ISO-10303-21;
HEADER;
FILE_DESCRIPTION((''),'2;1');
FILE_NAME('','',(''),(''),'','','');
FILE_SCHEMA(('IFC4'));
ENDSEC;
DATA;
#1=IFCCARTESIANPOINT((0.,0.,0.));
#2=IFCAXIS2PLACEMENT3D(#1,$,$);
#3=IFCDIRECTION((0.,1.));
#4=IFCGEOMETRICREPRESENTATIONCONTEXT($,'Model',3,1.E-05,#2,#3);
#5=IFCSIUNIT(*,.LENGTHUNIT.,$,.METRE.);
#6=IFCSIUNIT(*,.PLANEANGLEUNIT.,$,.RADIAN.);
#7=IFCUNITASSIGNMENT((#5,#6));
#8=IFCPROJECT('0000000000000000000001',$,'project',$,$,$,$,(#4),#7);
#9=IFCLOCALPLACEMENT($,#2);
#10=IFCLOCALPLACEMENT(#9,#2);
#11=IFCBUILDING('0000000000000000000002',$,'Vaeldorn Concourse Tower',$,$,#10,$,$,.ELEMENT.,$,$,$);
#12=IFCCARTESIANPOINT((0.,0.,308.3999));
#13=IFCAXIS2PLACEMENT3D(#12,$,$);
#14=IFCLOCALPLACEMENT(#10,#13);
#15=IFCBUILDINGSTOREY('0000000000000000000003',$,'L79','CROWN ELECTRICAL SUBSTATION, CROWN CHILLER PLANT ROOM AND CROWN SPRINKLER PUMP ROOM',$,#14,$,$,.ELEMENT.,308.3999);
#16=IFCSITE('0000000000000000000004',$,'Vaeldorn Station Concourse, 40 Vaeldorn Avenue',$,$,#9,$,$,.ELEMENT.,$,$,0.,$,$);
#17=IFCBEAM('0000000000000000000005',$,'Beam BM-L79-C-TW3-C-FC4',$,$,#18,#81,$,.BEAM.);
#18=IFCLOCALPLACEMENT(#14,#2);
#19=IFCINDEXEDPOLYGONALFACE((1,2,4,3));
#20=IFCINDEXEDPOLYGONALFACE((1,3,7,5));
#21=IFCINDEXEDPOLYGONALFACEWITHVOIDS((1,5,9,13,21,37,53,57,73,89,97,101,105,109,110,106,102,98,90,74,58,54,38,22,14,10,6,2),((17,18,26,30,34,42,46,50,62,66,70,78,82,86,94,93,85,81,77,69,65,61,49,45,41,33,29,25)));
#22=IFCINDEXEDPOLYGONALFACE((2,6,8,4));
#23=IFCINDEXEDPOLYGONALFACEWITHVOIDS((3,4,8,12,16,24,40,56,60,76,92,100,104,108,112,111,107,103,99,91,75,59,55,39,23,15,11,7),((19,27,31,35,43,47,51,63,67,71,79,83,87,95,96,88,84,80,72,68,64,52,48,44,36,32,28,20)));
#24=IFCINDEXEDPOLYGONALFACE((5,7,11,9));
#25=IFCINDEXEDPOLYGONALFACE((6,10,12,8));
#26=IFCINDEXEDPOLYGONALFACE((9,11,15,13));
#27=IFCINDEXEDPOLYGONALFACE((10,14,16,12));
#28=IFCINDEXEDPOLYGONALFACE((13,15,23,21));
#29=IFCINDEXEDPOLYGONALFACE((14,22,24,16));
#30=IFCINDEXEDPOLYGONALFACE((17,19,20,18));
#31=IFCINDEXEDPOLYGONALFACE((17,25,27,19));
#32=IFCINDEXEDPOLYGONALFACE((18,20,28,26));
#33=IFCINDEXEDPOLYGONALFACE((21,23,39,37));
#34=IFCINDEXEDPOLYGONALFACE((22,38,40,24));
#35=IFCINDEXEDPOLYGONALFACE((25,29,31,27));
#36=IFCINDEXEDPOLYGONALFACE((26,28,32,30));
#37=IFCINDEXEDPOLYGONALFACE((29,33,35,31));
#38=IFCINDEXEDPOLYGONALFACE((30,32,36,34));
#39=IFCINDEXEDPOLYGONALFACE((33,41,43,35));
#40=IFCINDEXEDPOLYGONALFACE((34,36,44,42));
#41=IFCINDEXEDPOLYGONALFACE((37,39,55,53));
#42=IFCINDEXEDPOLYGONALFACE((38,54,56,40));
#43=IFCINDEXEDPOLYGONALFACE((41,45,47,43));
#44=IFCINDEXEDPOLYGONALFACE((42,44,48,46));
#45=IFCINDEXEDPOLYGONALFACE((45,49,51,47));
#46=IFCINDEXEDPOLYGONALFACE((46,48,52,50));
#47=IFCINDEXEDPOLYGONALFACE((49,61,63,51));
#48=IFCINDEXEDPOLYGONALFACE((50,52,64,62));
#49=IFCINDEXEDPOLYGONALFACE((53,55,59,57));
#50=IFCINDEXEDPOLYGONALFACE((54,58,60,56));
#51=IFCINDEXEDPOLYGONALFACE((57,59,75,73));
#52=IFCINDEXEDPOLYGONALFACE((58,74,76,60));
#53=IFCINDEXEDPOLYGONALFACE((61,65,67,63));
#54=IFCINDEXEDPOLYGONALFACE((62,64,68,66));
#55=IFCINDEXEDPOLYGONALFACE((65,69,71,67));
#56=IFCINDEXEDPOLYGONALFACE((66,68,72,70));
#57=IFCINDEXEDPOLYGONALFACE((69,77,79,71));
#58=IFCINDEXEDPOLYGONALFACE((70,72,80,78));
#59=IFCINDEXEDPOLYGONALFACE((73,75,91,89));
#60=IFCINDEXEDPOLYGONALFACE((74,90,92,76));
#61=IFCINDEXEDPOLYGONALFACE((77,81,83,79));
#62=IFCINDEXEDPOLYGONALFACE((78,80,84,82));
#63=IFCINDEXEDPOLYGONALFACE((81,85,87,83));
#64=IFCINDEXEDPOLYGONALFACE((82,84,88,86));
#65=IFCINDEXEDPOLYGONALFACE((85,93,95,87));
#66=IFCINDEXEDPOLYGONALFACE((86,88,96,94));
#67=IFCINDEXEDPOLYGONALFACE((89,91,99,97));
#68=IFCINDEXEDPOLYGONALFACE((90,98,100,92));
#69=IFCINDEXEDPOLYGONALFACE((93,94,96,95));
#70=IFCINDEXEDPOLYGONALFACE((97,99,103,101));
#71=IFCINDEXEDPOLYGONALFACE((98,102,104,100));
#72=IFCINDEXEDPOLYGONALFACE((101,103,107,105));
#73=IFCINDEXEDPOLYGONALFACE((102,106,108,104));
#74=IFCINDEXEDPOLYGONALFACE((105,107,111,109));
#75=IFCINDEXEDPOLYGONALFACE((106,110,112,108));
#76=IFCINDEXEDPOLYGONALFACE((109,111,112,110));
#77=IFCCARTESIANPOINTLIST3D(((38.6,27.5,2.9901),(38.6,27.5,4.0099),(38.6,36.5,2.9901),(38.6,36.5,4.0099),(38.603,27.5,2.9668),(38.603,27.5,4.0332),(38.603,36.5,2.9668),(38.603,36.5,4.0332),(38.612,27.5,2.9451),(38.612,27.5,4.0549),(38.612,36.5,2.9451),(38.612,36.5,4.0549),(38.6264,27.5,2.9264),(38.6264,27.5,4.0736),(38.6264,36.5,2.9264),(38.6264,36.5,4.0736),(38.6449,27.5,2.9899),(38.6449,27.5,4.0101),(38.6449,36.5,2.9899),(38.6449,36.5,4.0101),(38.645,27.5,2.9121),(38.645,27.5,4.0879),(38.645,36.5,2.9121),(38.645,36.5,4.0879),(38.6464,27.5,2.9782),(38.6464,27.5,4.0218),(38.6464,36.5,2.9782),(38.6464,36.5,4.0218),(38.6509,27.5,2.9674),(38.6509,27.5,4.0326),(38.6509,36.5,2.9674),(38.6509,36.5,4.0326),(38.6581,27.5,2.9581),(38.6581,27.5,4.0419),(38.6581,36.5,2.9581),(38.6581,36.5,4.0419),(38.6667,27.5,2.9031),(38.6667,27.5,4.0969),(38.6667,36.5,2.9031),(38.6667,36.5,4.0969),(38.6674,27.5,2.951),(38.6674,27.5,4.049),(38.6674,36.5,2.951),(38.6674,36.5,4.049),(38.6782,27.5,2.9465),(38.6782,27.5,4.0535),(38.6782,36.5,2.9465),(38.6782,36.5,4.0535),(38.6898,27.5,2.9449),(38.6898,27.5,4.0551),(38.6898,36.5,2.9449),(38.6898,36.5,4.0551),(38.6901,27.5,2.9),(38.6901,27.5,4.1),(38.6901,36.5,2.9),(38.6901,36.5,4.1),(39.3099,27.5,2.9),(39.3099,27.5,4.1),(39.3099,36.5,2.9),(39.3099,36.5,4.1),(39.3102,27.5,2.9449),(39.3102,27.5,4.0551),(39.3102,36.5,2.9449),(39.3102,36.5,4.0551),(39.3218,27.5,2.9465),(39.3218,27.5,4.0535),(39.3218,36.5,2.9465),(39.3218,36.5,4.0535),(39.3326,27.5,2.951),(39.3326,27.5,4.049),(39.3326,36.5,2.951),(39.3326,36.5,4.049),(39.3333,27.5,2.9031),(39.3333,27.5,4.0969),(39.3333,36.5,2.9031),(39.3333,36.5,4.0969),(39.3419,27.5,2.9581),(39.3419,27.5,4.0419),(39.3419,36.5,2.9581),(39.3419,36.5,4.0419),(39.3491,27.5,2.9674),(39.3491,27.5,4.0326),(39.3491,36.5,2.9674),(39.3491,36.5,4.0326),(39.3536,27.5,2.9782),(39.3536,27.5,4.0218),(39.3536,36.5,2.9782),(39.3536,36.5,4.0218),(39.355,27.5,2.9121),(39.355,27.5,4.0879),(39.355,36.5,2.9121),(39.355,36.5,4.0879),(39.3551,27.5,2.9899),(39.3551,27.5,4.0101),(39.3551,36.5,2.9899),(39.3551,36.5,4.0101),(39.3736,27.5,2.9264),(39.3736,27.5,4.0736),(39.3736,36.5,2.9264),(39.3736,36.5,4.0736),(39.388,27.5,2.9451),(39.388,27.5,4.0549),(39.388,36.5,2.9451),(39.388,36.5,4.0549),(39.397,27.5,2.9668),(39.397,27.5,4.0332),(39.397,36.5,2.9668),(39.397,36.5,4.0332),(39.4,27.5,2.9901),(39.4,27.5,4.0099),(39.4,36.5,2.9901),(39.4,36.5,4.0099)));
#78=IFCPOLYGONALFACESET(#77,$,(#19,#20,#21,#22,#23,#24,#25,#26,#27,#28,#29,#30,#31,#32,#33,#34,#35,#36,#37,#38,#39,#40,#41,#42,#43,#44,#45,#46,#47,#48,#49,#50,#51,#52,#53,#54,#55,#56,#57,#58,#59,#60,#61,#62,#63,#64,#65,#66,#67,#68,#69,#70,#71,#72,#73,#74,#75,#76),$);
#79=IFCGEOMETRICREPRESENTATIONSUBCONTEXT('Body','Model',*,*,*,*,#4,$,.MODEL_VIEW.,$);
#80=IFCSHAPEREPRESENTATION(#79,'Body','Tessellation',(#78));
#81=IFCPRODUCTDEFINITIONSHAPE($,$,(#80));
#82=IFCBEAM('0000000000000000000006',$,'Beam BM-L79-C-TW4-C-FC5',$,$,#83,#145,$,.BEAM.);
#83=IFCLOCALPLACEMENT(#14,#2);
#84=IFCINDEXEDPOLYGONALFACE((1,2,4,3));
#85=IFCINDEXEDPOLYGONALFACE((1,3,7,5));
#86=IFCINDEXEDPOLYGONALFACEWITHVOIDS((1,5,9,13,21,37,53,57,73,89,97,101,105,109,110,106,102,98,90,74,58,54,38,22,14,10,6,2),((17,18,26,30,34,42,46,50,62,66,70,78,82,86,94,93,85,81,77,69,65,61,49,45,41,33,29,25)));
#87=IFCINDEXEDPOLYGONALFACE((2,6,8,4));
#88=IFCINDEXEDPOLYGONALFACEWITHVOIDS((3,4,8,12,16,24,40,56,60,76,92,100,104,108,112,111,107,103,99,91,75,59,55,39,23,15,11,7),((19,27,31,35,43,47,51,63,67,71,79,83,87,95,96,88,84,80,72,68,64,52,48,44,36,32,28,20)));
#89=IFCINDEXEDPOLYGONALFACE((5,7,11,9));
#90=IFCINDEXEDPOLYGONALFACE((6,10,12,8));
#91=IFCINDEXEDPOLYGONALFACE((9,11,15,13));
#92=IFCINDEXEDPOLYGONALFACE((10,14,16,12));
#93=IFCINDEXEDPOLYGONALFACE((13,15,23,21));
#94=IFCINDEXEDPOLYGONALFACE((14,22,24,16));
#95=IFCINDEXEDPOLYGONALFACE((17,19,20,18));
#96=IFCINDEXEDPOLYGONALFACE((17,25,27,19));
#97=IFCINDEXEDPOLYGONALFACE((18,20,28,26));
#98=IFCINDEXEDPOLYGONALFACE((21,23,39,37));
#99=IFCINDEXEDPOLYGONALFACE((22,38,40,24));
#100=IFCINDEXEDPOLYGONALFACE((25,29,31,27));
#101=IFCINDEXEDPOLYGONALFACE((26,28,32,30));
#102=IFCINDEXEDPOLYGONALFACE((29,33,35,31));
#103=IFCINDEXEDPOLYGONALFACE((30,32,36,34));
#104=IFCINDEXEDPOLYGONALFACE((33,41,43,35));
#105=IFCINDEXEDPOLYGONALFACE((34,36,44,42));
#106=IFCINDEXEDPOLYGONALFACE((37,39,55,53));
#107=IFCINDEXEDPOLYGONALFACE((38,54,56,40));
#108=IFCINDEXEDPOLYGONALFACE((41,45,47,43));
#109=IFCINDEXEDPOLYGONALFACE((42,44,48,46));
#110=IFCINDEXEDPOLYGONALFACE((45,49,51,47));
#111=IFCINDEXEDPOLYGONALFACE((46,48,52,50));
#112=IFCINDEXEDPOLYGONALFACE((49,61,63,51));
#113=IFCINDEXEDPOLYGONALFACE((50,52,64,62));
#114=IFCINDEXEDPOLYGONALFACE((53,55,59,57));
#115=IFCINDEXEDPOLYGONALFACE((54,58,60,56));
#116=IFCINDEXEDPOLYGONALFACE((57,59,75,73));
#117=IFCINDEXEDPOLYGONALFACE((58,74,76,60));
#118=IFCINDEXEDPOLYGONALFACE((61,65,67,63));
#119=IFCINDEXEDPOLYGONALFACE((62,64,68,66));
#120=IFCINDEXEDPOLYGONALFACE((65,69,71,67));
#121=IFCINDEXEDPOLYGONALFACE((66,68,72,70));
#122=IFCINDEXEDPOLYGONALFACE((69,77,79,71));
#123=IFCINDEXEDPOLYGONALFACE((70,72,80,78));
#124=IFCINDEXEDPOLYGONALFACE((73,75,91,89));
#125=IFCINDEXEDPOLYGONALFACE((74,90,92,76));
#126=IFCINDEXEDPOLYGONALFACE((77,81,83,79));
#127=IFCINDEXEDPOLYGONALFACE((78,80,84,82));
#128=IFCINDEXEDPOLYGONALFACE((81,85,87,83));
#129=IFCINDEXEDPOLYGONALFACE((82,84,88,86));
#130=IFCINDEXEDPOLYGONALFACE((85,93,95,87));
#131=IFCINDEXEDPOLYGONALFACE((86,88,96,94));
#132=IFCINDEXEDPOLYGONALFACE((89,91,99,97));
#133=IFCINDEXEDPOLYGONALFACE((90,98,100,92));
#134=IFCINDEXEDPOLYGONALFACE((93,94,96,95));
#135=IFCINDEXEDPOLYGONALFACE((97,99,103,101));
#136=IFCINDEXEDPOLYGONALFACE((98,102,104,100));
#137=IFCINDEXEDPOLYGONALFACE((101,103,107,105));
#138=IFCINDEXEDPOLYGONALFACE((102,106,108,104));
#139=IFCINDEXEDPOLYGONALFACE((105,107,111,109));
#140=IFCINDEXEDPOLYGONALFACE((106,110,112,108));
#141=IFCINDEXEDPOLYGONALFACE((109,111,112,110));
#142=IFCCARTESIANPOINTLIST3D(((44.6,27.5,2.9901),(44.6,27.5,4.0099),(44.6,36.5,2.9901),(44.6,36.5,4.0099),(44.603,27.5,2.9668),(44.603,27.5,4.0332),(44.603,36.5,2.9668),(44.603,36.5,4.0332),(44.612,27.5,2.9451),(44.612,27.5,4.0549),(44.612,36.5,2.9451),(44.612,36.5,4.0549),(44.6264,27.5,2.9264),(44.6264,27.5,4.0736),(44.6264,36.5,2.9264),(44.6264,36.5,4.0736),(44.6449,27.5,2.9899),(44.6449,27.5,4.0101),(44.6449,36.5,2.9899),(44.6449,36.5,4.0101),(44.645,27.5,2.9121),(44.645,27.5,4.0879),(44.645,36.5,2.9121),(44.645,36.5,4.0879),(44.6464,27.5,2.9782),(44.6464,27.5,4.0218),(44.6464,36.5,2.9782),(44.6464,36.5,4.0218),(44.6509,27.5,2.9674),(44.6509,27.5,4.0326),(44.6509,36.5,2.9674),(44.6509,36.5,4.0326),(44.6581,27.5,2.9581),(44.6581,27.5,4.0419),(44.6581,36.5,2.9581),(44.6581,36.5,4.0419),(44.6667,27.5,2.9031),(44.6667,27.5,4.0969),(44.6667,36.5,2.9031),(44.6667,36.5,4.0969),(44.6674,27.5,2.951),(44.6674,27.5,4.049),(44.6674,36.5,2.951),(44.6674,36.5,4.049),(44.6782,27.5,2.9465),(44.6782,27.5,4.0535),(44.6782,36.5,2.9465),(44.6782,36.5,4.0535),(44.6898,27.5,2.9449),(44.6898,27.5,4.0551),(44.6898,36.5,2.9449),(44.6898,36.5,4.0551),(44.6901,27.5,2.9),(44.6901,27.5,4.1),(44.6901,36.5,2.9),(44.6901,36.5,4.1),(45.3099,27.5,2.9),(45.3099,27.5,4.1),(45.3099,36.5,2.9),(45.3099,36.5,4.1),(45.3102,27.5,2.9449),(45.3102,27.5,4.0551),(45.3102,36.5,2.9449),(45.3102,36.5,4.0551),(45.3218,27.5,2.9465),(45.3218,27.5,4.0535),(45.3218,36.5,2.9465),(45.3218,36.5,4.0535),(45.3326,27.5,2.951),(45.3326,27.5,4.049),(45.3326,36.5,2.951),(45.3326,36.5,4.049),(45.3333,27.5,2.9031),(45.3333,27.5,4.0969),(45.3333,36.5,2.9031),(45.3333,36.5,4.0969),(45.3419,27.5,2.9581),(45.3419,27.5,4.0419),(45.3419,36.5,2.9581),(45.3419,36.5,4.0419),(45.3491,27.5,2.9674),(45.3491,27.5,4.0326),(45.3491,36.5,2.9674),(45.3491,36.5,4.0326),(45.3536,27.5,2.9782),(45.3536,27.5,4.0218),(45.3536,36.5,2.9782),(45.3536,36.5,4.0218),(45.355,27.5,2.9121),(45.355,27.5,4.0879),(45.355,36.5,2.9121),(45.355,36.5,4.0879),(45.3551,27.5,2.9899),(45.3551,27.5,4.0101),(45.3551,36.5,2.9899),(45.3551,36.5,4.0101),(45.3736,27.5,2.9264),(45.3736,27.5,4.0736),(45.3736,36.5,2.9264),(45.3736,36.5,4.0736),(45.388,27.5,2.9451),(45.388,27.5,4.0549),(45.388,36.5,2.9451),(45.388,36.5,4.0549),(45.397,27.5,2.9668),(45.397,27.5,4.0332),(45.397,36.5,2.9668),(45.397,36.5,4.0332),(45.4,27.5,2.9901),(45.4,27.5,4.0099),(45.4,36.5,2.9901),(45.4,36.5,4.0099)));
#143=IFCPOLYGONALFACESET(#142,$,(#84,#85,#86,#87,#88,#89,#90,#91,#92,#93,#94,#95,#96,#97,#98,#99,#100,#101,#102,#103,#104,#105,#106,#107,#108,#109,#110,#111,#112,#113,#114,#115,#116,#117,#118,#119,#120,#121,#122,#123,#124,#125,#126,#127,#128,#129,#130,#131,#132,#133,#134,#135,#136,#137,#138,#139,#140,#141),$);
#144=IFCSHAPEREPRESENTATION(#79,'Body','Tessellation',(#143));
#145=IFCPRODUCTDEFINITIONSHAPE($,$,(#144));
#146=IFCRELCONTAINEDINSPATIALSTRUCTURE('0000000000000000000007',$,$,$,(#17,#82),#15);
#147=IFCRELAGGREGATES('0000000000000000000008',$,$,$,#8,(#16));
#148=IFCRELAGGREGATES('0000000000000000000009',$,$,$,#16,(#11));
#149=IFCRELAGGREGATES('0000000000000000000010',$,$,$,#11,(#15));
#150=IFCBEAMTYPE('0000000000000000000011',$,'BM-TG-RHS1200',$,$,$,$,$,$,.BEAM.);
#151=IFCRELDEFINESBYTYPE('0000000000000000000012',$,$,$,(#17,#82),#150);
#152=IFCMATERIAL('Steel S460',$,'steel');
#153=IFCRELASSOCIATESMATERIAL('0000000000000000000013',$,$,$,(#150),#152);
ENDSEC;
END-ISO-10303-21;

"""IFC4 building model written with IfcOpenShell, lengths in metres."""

from ifc_helpers import new_model, si_unit, direction, frame, origin, origin_2d, place, context, subcontext, project, spatial, hollow_rectangle, extrude, source, transform, mapped, material, material_profile, profile_set, type_object, element, save


model = new_model("IFC4")

# Units and contexts
model_context = context("Model", 3, precision=1e-05, world=origin(), true_north=direction((0.0, 1.0)))
body_context = subcontext(model_context, "Body", "Model", "MODEL_VIEW")
ifc_project = project(units=[si_unit("LENGTHUNIT", "METRE"), si_unit("PLANEANGLEUNIT", "RADIAN")], contexts=[model_context])

# Site, building, storey
site_placement = place(None, origin())
site = spatial("IfcSite", under=ifc_project, at=site_placement, Name="Vaeldorn Station Concourse, 40 Vaeldorn Avenue", CompositionType="ELEMENT", RefElevation=0.0)
building_placement = place(site_placement, origin())
building = spatial("IfcBuilding", under=site, at=building_placement, Name="Vaeldorn Concourse Tower", CompositionType="ELEMENT")
storey_placement = place(building_placement, frame((0.0, 0.0, 308.3999)))
storey = spatial("IfcBuildingStorey", under=building, at=storey_placement, Name="L79", Description="CROWN ELECTRICAL SUBSTATION, CROWN CHILLER PLANT ROOM AND CROWN SPRINKLER PUMP ROOM", CompositionType="ELEMENT", Elevation=308.3999)

# Beams
ifc_material_1 = material(Name="Steel S460", Category="steel")
ifc_material_profile_1 = material_profile(ifc_material_1, hollow_rectangle(XDim=0.8, YDim=1.2, WallThickness=0.0449, InnerFilletRadius=0.0449, OuterFilletRadius=0.0901, at=origin_2d()), Name="RHS 1200x800x45")
ifc_profile_set_1 = profile_set([ifc_material_profile_1], Name="Steel S460")
beam_type_1 = type_object("IfcBeamType", Name="BM-TG-RHS1200", PredefinedType="BEAM", material=ifc_profile_set_1)
shared_shape_1 = source(origin(), body_context, "Body", "SweptSolid", [
    extrude(hollow_rectangle(XDim=0.8, YDim=1.2, WallThickness=0.0449, InnerFilletRadius=0.0449, OuterFilletRadius=0.0901, at=origin_2d()), origin(), (0.0, 0.0, 1.0), 9.0),
])
for number, where, z_axis, x_axis, name in (
    (1, (39.0, 27.5, 3.5), (0.0, 1.0, 0.0), (-1.0, 0.0, 0.0), "Beam BM-L79-C-TW3-C-FC4"),
    (2, (45.0, 27.5, 3.5), (0.0, 1.0, 0.0), (-1.0, 0.0, 0.0), "Beam BM-L79-C-TW4-C-FC5"),
):
    element("IfcBeam", number, at=place(storey_placement, frame(where, z_axis=z_axis, x_axis=x_axis)), inside=storey, type_object=beam_type_1, Name=name, PredefinedType="BEAM", context=body_context, shape_type="MappedRepresentation", body=[
        mapped(shared_shape_1, transform((0.0, 0.0, 0.0), scale=1.0)),
    ])

save(model, "model.ifc")
